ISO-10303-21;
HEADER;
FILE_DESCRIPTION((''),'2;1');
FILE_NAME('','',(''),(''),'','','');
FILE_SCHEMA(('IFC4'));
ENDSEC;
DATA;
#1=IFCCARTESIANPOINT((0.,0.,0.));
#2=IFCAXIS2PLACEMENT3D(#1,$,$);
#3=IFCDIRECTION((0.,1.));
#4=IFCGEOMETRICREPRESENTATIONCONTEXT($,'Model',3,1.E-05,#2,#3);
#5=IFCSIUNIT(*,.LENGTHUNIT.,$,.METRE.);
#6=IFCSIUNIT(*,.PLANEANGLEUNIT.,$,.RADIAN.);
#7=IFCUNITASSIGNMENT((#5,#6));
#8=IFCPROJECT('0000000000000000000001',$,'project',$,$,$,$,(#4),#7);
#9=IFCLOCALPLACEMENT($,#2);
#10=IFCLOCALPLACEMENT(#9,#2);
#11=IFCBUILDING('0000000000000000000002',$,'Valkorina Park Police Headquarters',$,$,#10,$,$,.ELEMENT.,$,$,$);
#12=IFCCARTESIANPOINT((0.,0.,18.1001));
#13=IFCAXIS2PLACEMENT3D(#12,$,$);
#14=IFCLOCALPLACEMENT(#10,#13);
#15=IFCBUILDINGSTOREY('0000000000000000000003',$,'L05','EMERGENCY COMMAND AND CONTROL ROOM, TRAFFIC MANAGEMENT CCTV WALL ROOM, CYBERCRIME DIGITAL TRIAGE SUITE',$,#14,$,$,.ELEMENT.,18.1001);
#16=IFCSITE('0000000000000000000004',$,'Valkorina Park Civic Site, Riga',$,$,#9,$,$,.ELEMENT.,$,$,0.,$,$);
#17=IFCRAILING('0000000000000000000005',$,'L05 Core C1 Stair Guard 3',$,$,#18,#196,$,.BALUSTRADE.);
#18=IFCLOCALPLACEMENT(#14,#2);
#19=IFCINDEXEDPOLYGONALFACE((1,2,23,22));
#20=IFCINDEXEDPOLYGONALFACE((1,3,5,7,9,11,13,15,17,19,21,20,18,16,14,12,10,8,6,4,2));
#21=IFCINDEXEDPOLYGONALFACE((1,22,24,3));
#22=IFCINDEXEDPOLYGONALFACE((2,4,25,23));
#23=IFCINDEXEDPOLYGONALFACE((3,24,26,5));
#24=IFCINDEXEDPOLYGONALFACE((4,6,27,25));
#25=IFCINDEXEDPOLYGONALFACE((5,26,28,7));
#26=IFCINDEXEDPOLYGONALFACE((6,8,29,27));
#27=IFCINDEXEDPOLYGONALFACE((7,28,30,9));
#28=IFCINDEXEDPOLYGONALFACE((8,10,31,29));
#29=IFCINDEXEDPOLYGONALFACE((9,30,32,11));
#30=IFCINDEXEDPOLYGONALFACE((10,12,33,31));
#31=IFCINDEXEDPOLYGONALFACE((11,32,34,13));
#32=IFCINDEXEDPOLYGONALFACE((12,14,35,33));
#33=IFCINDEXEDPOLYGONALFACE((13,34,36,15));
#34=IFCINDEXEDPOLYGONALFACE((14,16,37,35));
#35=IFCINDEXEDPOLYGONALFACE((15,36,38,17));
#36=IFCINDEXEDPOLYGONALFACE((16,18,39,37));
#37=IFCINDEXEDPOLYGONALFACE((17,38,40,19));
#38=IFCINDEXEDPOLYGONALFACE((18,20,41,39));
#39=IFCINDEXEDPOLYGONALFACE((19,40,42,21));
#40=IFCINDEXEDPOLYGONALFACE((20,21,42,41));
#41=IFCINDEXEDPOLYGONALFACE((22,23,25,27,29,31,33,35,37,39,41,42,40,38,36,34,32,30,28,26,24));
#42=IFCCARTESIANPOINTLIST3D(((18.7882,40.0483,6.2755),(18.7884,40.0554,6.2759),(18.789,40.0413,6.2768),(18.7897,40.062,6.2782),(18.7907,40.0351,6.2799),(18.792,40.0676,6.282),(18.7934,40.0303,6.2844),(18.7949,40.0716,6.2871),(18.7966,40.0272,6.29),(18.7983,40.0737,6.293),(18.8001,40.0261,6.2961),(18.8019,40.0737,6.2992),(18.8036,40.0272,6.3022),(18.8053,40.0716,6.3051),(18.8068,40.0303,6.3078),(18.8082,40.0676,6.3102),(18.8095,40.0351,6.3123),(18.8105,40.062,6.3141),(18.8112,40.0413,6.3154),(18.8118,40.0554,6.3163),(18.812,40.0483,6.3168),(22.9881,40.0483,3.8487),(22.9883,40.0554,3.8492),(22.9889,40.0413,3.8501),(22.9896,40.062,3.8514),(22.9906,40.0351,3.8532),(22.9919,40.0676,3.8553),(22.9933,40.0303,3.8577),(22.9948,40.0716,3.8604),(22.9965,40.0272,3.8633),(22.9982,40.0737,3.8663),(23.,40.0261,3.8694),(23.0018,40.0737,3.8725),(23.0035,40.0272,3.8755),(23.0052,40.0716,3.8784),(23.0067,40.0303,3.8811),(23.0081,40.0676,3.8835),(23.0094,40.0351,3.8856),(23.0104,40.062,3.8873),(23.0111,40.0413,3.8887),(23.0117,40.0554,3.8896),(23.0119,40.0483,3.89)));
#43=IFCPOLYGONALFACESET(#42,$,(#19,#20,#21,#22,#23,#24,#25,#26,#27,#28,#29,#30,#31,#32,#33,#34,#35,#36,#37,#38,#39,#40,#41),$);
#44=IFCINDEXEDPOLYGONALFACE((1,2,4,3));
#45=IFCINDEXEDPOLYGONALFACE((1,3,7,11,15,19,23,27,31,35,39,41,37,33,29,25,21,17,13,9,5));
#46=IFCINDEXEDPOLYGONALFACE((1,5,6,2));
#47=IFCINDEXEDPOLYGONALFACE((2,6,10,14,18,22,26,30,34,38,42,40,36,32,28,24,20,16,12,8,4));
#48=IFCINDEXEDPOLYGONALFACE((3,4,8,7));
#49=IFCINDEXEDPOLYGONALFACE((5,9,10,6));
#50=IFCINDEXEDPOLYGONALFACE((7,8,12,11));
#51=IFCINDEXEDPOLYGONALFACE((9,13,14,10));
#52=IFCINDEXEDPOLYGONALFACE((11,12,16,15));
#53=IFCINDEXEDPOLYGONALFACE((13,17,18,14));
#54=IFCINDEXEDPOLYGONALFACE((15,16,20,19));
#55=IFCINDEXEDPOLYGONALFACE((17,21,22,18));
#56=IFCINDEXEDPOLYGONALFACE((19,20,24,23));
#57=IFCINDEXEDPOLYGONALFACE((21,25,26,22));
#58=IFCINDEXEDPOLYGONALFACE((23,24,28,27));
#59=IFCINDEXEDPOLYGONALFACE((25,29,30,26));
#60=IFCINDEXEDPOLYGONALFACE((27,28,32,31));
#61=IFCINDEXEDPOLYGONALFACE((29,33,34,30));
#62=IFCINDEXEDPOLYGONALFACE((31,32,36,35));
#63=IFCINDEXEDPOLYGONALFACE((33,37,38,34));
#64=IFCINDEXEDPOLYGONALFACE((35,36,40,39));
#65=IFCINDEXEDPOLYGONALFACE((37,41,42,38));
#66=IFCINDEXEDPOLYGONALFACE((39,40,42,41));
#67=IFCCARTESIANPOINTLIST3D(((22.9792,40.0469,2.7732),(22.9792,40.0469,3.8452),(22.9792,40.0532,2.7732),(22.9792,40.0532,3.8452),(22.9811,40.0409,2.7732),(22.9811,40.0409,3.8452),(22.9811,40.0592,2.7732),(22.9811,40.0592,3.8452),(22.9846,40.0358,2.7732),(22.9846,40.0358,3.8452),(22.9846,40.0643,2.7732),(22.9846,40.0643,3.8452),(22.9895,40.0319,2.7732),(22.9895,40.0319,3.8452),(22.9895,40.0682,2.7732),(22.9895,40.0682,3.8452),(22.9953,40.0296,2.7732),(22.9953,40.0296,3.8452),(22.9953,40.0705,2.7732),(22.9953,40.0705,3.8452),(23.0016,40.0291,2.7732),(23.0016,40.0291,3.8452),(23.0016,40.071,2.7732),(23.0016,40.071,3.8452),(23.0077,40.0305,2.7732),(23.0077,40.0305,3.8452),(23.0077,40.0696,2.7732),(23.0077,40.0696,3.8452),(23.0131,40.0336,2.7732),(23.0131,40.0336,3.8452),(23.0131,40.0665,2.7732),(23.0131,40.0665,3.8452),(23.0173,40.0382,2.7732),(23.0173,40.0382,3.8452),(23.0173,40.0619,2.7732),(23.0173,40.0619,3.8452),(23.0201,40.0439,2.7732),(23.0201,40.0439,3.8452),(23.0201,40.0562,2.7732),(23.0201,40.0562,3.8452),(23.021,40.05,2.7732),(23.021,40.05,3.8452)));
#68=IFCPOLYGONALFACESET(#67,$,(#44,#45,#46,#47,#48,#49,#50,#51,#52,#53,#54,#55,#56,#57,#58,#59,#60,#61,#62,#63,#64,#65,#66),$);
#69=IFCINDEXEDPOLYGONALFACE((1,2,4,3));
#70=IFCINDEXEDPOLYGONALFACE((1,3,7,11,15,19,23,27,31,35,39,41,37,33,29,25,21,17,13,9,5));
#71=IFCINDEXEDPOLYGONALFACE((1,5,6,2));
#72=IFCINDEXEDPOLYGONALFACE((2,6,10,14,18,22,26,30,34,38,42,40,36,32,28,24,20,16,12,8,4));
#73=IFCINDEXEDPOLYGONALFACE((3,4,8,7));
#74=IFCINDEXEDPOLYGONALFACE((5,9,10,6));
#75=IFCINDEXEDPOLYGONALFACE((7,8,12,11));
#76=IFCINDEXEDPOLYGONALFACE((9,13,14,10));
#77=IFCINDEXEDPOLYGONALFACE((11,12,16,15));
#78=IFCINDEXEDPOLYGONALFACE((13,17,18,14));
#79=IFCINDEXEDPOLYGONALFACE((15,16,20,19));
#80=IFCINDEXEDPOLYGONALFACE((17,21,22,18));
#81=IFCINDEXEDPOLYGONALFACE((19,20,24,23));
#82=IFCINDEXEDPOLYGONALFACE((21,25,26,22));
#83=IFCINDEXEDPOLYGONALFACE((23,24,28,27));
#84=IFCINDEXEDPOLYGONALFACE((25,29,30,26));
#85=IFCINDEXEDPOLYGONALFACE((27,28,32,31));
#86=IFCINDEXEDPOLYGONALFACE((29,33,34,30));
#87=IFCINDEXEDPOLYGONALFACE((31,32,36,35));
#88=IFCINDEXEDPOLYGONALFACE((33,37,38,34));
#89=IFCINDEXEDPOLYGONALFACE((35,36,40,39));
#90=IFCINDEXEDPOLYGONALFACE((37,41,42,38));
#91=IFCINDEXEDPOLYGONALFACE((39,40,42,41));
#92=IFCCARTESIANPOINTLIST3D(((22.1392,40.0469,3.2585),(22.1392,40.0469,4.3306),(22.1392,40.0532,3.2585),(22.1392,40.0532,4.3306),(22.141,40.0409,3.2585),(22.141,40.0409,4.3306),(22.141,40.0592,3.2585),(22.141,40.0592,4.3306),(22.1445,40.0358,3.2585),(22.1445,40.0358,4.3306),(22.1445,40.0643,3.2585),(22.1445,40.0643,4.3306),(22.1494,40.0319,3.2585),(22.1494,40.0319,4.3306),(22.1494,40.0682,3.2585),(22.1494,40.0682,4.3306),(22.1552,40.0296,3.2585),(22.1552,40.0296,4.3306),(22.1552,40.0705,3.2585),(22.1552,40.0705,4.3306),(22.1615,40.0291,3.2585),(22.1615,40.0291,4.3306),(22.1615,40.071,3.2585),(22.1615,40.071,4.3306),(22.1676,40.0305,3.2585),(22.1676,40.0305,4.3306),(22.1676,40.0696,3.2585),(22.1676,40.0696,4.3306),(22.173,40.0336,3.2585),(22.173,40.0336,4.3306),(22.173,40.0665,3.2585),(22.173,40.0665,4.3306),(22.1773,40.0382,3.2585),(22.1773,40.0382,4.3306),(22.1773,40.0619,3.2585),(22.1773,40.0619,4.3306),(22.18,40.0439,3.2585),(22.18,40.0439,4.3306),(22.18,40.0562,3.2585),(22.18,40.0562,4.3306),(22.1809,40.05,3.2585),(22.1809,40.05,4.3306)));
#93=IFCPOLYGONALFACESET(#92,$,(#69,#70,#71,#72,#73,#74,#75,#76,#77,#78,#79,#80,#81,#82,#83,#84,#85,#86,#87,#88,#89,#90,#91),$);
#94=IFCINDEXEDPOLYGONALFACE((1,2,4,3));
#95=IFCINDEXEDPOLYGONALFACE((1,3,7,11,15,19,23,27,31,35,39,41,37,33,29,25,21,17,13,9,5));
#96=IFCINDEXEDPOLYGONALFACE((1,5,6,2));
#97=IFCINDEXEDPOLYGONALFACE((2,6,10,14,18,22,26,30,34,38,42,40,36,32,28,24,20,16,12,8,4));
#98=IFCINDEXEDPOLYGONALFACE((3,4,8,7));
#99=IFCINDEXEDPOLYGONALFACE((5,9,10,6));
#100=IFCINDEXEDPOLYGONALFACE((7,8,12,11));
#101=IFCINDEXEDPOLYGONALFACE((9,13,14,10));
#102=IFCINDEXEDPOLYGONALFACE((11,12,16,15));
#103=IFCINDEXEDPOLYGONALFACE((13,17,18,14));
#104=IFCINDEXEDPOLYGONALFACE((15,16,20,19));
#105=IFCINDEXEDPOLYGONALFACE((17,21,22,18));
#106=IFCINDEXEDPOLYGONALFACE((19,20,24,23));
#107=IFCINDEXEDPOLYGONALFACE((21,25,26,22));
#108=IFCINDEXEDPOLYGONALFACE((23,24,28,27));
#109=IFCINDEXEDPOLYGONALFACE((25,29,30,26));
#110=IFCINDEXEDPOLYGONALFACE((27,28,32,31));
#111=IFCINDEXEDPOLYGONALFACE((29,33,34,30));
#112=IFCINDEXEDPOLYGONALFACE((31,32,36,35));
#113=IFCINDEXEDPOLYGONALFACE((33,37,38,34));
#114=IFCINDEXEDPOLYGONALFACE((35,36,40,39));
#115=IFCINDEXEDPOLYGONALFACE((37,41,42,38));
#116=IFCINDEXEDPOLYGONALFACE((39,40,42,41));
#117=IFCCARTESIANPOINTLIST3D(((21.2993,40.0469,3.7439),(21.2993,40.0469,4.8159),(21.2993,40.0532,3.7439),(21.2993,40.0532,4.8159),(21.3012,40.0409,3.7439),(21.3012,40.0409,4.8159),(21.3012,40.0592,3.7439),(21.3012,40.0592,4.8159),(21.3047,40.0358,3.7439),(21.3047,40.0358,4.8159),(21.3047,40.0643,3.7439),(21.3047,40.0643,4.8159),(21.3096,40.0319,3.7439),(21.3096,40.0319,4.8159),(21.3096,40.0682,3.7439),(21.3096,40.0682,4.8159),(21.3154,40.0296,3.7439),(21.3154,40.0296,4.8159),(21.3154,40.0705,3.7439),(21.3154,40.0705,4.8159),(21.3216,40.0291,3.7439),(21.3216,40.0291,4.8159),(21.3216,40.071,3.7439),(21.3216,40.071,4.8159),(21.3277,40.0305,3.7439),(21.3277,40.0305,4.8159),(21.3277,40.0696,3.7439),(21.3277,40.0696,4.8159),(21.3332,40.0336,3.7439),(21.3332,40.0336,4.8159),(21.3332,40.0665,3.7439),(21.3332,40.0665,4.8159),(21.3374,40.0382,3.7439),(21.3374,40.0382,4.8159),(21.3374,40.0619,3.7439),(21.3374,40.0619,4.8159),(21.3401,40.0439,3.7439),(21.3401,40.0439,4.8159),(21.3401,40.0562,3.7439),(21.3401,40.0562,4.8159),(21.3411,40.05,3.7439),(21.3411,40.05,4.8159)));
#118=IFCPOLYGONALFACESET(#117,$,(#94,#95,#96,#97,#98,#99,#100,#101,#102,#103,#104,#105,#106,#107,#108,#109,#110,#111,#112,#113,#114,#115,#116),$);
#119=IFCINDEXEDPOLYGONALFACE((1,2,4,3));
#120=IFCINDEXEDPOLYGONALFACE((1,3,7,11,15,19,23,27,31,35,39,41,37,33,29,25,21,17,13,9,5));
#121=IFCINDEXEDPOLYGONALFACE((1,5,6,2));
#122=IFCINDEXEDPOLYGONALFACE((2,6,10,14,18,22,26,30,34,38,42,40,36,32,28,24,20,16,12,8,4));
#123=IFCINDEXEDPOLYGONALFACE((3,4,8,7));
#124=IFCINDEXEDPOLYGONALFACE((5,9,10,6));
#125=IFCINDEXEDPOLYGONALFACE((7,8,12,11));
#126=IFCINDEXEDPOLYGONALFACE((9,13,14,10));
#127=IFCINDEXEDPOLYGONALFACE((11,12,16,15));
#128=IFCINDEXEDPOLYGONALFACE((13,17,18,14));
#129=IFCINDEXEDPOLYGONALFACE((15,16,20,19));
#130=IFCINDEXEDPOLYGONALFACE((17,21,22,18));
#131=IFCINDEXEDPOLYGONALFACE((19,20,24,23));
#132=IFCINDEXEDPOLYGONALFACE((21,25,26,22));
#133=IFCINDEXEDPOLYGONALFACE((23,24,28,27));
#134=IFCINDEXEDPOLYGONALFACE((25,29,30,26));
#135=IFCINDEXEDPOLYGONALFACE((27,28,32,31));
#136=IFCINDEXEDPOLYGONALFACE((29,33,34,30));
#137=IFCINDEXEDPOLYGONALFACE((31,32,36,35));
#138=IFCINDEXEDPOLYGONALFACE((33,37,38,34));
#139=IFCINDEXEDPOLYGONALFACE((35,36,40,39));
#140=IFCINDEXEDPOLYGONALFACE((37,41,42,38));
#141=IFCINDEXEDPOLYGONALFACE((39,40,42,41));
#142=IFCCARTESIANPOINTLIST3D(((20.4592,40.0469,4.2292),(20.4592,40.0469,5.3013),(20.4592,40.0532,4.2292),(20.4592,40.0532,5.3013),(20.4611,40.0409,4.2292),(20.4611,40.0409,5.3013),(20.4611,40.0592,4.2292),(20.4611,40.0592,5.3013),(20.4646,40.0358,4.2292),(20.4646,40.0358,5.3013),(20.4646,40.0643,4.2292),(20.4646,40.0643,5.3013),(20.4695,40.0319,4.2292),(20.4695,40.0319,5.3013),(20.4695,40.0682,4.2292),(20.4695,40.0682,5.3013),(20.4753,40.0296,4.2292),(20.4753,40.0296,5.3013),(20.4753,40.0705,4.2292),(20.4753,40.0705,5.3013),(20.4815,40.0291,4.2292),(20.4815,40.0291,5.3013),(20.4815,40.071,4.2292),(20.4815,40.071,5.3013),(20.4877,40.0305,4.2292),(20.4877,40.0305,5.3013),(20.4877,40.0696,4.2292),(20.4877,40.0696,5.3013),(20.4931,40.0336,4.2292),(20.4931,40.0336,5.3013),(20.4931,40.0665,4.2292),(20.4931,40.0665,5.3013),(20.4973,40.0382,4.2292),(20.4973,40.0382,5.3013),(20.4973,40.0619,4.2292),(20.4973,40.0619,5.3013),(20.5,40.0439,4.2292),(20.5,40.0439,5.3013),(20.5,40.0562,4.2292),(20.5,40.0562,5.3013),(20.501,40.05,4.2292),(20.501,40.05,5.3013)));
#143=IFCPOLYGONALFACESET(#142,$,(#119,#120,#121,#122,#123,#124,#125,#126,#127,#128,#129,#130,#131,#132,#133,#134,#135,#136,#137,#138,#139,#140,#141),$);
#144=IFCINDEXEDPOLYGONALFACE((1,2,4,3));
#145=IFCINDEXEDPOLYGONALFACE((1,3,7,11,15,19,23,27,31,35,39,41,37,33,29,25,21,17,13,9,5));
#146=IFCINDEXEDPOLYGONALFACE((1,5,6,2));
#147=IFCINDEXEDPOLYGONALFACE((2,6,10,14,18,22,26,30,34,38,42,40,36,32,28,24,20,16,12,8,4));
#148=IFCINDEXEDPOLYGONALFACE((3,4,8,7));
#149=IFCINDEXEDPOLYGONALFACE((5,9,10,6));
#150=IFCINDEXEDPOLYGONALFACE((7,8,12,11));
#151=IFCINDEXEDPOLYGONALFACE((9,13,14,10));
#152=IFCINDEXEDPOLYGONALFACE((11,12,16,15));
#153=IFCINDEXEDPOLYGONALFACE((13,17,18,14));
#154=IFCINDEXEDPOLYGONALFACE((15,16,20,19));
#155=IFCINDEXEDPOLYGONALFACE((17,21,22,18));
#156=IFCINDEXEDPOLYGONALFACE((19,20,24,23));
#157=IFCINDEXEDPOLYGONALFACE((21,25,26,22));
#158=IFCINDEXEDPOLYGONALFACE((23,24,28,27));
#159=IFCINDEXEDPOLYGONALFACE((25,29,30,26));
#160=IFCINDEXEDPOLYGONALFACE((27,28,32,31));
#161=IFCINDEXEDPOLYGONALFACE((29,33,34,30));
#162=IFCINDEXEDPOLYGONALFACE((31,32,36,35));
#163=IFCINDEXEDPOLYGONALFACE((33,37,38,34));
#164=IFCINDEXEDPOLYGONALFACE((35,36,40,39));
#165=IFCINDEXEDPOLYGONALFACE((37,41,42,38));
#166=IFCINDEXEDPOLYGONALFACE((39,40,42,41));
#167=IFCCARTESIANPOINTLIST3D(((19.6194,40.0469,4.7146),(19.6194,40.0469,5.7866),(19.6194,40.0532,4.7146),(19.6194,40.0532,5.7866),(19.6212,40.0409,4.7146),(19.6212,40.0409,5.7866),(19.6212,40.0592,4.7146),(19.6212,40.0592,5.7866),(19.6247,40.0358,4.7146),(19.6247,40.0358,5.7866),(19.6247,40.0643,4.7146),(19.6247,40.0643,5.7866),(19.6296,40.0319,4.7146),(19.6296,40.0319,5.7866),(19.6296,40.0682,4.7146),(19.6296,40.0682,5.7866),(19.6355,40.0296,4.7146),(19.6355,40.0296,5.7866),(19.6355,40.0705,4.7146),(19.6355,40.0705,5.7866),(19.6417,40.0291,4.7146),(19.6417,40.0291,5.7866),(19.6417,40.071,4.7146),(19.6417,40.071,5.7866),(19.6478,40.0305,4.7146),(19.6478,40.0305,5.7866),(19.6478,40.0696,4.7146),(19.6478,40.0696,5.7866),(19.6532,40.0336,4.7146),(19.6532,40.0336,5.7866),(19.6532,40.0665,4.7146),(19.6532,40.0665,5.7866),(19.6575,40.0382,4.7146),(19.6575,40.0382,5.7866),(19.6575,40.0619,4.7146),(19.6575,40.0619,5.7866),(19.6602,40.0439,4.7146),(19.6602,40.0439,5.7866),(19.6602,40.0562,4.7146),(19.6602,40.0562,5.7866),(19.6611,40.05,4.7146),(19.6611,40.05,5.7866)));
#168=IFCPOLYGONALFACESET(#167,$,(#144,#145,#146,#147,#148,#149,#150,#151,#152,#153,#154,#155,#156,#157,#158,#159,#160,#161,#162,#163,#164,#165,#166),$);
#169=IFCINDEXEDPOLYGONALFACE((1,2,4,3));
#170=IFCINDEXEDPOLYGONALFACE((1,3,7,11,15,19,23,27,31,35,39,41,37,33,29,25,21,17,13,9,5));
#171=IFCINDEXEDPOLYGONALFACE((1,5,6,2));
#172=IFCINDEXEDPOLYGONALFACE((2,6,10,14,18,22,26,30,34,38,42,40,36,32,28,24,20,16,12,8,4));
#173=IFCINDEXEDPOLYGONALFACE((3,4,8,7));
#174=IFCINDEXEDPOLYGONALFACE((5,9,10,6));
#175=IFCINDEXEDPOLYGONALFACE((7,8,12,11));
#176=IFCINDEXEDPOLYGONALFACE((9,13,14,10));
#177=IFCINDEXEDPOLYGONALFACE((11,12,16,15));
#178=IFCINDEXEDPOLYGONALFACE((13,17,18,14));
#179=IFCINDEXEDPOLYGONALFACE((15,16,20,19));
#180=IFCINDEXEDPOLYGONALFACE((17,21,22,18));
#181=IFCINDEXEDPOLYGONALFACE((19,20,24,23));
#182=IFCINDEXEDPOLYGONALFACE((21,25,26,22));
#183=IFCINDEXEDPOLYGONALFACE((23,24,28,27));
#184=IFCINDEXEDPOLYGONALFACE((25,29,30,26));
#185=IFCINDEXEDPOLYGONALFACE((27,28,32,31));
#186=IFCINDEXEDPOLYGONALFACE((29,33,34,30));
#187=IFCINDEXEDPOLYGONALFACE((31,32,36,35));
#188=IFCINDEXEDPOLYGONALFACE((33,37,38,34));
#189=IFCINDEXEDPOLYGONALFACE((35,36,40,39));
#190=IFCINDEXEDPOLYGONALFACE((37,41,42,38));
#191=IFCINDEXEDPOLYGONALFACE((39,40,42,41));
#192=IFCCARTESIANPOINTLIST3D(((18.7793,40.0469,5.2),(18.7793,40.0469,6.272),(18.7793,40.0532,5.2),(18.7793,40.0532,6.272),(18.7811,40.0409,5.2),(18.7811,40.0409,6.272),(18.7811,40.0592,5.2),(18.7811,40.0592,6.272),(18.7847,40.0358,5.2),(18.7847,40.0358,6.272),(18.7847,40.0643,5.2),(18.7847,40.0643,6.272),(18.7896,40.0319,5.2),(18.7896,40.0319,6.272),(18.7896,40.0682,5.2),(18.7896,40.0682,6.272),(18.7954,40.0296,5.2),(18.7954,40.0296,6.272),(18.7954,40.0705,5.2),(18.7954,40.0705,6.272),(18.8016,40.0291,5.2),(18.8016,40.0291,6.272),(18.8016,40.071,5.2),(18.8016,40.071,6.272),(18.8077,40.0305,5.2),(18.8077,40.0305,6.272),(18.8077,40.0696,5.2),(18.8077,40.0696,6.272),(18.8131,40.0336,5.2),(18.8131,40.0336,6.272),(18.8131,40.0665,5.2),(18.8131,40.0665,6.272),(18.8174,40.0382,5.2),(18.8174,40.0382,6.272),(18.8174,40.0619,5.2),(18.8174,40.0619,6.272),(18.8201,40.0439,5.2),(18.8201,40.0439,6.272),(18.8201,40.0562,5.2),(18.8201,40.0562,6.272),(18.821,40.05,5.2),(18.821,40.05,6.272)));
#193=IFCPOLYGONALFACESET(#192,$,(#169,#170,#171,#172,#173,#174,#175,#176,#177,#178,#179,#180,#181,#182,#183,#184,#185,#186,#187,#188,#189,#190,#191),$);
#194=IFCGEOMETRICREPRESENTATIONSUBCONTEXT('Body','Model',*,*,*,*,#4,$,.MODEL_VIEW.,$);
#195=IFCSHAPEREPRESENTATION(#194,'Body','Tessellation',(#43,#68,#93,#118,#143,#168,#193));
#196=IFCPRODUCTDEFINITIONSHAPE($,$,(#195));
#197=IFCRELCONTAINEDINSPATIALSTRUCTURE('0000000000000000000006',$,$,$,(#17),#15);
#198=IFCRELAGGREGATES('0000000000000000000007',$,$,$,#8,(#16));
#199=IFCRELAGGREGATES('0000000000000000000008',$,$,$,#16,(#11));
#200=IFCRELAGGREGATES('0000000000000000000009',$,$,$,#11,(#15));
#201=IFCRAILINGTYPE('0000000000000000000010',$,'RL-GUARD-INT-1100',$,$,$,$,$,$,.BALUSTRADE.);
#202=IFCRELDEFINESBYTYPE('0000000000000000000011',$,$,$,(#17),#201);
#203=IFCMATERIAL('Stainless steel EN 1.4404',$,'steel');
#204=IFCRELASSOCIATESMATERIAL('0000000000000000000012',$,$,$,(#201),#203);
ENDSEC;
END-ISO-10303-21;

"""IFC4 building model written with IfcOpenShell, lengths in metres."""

from ifc_helpers import new_model, si_unit, direction, frame, origin, origin_2d, place, context, subcontext, project, spatial, circle, extrude, material, type_object, element, save


model = new_model("IFC4")

# Units and contexts
model_context = context("Model", 3, precision=1e-05, world=origin(), true_north=direction((0.0, 1.0)))
body_context = subcontext(model_context, "Body", "Model", "MODEL_VIEW")
ifc_project = project(units=[si_unit("LENGTHUNIT", "METRE"), si_unit("PLANEANGLEUNIT", "RADIAN")], contexts=[model_context])

# Site, building, storey
site_placement = place(None, origin())
site = spatial("IfcSite", under=ifc_project, at=site_placement, Name="Valkorina Park Civic Site, Riga", CompositionType="ELEMENT", RefElevation=0.0)
building_placement = place(site_placement, origin())
building = spatial("IfcBuilding", under=site, at=building_placement, Name="Valkorina Park Police Headquarters", CompositionType="ELEMENT")
storey_placement = place(building_placement, frame((0.0, 0.0, 18.1001)))
storey = spatial("IfcBuildingStorey", under=building, at=storey_placement, Name="L05", Description="EMERGENCY COMMAND AND CONTROL ROOM, TRAFFIC MANAGEMENT CCTV WALL ROOM, CYBERCRIME DIGITAL TRIAGE SUITE", CompositionType="ELEMENT", Elevation=18.1001)

# Railing
ifc_material_1 = material(Name="Stainless steel EN 1.4404", Category="steel")
railing_type_1 = type_object("IfcRailingType", Name="RL-GUARD-INT-1100", PredefinedType="BALUSTRADE", material=ifc_material_1)
railing_1_placement = place(storey_placement, frame((23.0, 40.05, 2.7732)))
element("IfcRailing", 1, at=railing_1_placement, inside=storey, type_object=railing_type_1, Name="L05 Core C1 Stair Guard 3", PredefinedType="BALUSTRADE", context=body_context, shape_type="SweptSolid", body=[
    extrude(circle(Radius=0.0239, at=origin_2d()), frame((0.0, 0.0, 1.0962), z_axis=(-0.865854, 0.0, 0.500296), x_axis=(0.0, -1.0, 0.0)), (0.0, 0.0, 1.0), 4.8506),
    extrude(circle(Radius=0.021, at=origin_2d()), origin(), (0.0, 0.0, 1.0), 1.072),
    extrude(circle(Radius=0.021, at=origin_2d()), frame((-0.8401, 0.0, 0.4854)), (0.0, 0.0, 1.0), 1.072),
    extrude(circle(Radius=0.021, at=origin_2d()), frame((-1.6799, 0.0, 0.9707)), (0.0, 0.0, 1.0), 1.072),
    extrude(circle(Radius=0.021, at=origin_2d()), frame((-2.52, 0.0, 1.4561)), (0.0, 0.0, 1.0), 1.072),
    extrude(circle(Radius=0.021, at=origin_2d()), frame((-3.3599, 0.0, 1.9414)), (0.0, 0.0, 1.0), 1.072),
    extrude(circle(Radius=0.021, at=origin_2d()), frame((-4.2, 0.0, 2.4268)), (0.0, 0.0, 1.0), 1.072),
])

save(model, "model.ifc")
